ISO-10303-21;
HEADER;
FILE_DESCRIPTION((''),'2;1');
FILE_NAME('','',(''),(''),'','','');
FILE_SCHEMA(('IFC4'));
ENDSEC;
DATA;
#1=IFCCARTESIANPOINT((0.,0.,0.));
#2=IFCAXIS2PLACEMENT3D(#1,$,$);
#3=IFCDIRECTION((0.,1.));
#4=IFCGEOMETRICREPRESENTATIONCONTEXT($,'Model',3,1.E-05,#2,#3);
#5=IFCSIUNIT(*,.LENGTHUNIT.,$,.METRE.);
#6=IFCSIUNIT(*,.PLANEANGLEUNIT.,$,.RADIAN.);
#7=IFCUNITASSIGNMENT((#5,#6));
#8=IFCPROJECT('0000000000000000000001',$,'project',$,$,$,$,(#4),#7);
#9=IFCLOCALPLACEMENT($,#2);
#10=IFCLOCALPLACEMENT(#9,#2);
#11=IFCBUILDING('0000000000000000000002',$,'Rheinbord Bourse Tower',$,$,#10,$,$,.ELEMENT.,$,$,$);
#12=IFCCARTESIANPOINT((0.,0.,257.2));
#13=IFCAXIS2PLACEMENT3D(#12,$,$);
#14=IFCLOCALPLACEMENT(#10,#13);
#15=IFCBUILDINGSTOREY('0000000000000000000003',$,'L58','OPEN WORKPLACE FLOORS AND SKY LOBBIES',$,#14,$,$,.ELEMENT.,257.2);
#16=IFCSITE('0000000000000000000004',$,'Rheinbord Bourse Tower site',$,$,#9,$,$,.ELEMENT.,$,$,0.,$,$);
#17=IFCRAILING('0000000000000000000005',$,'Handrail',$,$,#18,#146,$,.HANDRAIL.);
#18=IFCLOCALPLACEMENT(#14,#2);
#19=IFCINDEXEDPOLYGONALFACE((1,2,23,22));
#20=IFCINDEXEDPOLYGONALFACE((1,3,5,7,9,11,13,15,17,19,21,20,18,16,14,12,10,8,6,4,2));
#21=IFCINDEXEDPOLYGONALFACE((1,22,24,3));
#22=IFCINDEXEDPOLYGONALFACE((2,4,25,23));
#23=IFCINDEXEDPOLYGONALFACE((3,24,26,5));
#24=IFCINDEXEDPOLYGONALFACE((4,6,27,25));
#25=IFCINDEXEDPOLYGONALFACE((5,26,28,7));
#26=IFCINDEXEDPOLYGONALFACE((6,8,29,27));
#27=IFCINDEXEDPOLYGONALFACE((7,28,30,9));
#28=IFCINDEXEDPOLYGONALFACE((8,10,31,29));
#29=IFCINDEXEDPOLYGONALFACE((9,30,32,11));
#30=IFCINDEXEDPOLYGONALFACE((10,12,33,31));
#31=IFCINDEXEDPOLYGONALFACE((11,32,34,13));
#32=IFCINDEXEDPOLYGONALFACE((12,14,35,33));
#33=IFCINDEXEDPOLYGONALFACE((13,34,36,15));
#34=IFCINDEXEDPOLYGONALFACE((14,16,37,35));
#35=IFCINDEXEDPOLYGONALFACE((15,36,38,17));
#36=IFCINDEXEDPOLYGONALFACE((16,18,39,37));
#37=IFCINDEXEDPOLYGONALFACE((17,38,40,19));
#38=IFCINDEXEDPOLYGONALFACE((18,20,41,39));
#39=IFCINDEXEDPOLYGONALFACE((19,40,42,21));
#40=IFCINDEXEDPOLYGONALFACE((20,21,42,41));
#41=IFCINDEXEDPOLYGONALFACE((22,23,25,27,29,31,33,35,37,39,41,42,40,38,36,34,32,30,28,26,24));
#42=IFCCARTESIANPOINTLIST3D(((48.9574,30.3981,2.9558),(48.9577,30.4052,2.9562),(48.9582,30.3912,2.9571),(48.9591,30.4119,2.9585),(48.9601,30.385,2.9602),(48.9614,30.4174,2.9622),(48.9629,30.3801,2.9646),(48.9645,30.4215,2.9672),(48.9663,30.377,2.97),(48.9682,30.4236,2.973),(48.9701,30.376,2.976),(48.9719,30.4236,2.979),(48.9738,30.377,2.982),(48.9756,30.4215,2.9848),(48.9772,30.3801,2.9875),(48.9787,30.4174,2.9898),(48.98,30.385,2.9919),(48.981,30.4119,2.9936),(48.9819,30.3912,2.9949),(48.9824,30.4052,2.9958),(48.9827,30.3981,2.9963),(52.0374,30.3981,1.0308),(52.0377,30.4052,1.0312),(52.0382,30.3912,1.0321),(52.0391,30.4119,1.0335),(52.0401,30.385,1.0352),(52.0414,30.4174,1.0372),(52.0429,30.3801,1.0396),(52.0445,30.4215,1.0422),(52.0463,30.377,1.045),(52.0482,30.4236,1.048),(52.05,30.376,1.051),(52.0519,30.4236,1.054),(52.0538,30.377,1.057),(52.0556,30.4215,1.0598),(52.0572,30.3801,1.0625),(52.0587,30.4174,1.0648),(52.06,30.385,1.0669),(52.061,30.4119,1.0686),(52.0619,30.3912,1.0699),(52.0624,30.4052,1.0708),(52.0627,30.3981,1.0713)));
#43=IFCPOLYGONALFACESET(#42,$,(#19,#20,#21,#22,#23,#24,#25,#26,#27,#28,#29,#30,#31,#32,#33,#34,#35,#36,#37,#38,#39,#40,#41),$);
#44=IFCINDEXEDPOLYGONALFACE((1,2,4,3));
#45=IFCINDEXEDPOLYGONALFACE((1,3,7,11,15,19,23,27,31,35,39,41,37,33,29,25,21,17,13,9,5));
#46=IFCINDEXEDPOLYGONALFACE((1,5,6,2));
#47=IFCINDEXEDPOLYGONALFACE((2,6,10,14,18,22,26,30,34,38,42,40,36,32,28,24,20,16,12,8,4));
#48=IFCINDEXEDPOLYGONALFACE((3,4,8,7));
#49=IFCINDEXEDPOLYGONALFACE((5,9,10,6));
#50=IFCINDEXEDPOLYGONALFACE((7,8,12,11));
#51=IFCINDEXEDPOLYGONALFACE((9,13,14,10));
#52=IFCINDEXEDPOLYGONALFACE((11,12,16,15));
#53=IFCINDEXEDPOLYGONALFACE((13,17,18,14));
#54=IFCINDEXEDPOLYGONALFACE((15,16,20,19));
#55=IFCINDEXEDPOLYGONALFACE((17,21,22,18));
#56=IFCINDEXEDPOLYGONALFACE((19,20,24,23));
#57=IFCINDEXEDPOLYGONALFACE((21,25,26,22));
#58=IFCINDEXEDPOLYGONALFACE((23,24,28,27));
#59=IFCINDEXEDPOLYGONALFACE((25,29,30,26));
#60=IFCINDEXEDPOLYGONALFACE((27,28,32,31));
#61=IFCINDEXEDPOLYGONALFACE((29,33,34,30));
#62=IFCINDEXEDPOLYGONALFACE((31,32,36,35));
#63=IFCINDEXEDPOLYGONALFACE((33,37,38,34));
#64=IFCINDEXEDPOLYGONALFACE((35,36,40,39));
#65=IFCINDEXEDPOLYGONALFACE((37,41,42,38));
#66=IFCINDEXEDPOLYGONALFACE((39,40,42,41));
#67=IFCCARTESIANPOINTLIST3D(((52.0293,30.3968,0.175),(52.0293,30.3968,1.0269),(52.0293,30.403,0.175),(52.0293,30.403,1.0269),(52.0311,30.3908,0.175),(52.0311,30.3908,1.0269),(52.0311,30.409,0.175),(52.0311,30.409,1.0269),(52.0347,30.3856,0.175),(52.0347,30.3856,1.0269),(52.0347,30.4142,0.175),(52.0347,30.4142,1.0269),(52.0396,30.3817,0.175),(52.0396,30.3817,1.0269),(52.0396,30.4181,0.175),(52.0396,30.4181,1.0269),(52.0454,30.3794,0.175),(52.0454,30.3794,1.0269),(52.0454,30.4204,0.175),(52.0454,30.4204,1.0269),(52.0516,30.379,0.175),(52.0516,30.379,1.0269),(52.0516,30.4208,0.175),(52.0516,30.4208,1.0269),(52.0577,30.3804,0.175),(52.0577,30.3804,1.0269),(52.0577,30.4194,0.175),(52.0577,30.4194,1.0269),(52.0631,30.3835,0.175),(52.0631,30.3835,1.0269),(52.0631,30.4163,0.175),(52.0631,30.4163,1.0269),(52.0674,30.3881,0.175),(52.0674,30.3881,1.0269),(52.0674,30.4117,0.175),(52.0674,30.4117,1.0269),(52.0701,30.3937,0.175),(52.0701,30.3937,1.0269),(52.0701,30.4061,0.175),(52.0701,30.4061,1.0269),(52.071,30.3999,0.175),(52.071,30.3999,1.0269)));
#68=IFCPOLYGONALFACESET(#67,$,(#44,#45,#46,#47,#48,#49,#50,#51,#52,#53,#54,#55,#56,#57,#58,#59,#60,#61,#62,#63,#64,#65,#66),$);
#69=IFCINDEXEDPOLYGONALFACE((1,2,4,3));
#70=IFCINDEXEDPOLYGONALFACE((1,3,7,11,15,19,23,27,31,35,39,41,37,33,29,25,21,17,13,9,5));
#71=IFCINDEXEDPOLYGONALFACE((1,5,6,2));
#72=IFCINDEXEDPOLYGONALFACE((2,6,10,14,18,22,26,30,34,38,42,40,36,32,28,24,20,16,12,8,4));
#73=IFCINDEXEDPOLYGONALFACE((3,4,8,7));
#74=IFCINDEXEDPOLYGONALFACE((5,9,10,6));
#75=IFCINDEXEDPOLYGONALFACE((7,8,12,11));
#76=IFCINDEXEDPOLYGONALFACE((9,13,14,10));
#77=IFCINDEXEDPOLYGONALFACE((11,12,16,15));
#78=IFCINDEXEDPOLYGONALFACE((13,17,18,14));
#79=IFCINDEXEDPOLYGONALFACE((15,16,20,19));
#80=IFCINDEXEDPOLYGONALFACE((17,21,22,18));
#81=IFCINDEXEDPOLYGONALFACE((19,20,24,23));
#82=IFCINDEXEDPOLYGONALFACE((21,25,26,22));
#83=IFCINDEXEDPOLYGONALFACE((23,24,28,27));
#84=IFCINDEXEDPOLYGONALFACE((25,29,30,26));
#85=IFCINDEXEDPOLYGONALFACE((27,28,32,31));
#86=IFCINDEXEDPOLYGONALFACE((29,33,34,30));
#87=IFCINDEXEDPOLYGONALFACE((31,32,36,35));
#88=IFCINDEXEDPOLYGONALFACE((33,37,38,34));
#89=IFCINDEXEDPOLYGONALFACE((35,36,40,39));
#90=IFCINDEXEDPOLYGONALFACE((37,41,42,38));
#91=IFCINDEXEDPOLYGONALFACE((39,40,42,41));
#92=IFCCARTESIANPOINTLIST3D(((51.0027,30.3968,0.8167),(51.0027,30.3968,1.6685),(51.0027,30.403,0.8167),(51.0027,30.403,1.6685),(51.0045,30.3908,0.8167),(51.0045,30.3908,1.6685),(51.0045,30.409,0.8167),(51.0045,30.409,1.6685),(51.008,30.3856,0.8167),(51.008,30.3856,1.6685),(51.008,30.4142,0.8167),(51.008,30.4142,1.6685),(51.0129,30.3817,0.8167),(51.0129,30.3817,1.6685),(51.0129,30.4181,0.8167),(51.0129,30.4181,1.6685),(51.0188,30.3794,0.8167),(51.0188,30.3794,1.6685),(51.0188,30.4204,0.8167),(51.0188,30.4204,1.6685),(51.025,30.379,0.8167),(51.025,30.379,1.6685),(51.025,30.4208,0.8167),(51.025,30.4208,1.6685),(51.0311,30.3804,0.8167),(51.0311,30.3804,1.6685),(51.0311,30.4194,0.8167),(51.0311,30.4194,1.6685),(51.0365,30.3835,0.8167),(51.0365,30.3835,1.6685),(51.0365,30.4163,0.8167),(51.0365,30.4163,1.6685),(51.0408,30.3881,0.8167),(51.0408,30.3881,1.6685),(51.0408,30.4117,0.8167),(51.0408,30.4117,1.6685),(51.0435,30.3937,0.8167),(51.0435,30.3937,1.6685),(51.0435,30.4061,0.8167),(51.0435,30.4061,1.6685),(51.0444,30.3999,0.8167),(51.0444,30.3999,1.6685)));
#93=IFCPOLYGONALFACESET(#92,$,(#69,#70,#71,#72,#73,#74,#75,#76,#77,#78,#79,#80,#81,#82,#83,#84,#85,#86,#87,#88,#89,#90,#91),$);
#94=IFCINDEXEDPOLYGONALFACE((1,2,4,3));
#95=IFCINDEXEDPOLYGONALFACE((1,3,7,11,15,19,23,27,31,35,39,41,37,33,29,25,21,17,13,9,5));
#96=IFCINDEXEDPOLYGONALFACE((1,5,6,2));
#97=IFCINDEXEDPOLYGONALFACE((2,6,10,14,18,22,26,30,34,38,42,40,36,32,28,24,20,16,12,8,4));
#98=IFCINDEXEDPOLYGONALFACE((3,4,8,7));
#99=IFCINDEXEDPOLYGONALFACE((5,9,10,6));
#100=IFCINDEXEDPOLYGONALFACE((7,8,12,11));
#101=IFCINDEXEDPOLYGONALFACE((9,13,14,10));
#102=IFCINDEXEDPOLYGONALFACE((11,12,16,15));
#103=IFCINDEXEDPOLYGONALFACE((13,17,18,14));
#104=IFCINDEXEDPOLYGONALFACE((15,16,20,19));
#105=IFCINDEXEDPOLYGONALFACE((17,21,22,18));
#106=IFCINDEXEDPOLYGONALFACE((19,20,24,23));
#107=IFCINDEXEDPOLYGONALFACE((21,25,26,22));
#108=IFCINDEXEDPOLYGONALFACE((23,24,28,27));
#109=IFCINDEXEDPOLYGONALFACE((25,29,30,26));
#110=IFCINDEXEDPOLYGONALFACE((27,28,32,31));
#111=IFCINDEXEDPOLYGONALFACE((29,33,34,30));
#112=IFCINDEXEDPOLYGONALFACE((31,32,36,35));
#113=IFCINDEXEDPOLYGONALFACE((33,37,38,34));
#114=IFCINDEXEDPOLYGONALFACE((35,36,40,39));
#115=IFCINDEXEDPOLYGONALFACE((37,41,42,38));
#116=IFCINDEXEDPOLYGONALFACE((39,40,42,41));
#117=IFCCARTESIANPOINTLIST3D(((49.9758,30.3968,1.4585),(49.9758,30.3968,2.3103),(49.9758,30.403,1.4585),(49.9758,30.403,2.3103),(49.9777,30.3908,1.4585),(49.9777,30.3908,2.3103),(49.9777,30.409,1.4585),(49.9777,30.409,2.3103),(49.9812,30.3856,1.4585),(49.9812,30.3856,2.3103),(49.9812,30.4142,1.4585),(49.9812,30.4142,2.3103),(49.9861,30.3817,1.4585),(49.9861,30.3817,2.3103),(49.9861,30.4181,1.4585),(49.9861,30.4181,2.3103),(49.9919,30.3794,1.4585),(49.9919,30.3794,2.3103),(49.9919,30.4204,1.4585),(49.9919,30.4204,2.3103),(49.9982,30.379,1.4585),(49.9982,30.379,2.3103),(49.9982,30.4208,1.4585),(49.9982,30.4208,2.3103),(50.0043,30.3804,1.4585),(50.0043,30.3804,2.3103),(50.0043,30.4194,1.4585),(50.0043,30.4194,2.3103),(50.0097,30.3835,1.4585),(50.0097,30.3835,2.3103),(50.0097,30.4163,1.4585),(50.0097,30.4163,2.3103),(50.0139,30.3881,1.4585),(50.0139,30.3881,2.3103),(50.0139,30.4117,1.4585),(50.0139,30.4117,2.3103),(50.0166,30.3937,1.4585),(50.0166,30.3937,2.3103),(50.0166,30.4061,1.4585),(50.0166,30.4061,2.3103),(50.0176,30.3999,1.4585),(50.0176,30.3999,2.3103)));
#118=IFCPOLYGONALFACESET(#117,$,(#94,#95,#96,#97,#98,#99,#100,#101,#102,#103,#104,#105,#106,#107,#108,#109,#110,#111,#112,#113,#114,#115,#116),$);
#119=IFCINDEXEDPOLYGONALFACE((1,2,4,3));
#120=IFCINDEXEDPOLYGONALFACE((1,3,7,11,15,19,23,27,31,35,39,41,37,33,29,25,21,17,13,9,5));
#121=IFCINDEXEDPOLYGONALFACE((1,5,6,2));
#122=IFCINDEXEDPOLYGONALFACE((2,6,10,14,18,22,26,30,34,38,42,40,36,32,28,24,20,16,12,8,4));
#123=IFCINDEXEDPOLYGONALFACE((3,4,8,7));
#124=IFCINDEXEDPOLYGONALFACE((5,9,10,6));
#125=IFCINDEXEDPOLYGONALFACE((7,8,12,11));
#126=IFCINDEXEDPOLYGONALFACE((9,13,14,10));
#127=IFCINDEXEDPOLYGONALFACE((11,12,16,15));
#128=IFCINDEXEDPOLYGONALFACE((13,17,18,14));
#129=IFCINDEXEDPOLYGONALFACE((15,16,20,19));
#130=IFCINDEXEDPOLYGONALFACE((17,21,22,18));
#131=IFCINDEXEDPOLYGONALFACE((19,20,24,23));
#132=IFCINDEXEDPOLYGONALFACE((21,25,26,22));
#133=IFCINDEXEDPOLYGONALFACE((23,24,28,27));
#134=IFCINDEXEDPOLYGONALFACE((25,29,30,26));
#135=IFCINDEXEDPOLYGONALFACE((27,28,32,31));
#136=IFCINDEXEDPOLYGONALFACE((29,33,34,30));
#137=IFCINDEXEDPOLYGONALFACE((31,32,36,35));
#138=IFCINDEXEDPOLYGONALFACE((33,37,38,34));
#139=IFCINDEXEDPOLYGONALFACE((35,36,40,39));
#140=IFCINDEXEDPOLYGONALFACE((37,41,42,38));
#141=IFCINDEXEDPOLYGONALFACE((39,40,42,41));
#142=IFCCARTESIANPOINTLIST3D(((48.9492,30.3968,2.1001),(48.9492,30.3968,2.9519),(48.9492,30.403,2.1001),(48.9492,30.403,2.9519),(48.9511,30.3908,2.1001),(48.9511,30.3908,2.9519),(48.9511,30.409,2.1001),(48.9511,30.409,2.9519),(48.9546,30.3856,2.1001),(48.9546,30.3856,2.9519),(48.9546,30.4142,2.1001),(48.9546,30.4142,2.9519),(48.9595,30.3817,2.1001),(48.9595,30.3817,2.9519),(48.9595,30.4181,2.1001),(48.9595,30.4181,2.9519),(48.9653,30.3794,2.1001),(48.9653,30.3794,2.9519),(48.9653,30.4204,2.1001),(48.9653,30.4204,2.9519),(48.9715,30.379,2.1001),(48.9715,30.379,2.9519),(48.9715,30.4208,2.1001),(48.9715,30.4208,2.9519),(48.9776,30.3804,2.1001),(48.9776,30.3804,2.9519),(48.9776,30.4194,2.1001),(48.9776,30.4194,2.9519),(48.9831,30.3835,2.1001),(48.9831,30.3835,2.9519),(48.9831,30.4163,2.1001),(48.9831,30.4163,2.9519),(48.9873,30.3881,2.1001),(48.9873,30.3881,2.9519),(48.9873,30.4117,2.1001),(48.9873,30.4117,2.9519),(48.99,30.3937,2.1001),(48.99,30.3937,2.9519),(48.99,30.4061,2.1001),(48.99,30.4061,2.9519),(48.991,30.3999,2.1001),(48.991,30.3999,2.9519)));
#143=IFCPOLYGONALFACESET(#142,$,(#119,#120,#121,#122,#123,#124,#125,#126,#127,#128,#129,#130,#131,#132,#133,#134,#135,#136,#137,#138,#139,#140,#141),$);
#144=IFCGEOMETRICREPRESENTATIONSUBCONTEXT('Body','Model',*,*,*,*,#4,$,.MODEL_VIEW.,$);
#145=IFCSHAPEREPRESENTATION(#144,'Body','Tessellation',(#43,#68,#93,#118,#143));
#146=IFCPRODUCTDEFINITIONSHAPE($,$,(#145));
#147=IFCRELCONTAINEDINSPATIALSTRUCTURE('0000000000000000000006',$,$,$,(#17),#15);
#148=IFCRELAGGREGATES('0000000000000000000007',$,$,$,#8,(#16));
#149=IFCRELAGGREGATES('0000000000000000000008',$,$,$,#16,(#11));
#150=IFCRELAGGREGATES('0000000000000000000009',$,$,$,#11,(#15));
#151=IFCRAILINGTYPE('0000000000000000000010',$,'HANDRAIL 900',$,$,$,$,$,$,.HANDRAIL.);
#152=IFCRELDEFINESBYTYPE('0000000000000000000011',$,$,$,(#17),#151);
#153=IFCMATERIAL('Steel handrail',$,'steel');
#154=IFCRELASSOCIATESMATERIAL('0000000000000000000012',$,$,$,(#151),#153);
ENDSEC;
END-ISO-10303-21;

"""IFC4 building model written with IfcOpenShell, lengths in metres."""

from ifc_helpers import new_model, si_unit, direction, frame, origin, origin_2d, place, context, subcontext, project, spatial, circle, extrude, material, type_object, element, save


model = new_model("IFC4")

# Units and contexts
model_context = context("Model", 3, precision=1e-05, world=origin(), true_north=direction((0.0, 1.0)))
body_context = subcontext(model_context, "Body", "Model", "MODEL_VIEW")
ifc_project = project(units=[si_unit("LENGTHUNIT", "METRE"), si_unit("PLANEANGLEUNIT", "RADIAN")], contexts=[model_context])

# Site, building, storey
site_placement = place(None, origin())
site = spatial("IfcSite", under=ifc_project, at=site_placement, Name="Rheinbord Bourse Tower site", CompositionType="ELEMENT", RefElevation=0.0)
building_placement = place(site_placement, origin())
building = spatial("IfcBuilding", under=site, at=building_placement, Name="Rheinbord Bourse Tower", CompositionType="ELEMENT")
storey_placement = place(building_placement, frame((0.0, 0.0, 257.2)))
storey = spatial("IfcBuildingStorey", under=building, at=storey_placement, Name="L58", Description="OPEN WORKPLACE FLOORS AND SKY LOBBIES", CompositionType="ELEMENT", Elevation=257.2)

# Railing
ifc_material_1 = material(Name="Steel handrail", Category="steel")
railing_type = type_object("IfcRailingType", Name="HANDRAIL 900", PredefinedType="HANDRAIL", material=ifc_material_1)
railing_1_placement = place(storey_placement, frame((52.05, 30.3999, 0.175)))
element("IfcRailing", 1, at=railing_1_placement, inside=storey, type_object=railing_type, Name="Handrail", PredefinedType="HANDRAIL", context=body_context, shape_type="SweptSolid", body=[
    extrude(circle(Radius=0.0239, at=origin_2d()), frame((0.0, 0.0, 0.876), z_axis=(-0.847998, 0.0, 0.529999), x_axis=(0.0, -1.0, 0.0)), (0.0, 0.0, 1.0), 3.6321),
    extrude(circle(Radius=0.021, at=origin_2d()), origin(), (0.0, 0.0, 1.0), 0.8518),
    extrude(circle(Radius=0.021, at=origin_2d()), frame((-1.0266, 0.0, 0.6416)), (0.0, 0.0, 1.0), 0.8518),
    extrude(circle(Radius=0.021, at=origin_2d()), frame((-2.0535, 0.0, 1.2834)), (0.0, 0.0, 1.0), 0.8518),
    extrude(circle(Radius=0.021, at=origin_2d()), frame((-3.0801, 0.0, 1.925)), (0.0, 0.0, 1.0), 0.8518),
])

save(model, "model.ifc")
